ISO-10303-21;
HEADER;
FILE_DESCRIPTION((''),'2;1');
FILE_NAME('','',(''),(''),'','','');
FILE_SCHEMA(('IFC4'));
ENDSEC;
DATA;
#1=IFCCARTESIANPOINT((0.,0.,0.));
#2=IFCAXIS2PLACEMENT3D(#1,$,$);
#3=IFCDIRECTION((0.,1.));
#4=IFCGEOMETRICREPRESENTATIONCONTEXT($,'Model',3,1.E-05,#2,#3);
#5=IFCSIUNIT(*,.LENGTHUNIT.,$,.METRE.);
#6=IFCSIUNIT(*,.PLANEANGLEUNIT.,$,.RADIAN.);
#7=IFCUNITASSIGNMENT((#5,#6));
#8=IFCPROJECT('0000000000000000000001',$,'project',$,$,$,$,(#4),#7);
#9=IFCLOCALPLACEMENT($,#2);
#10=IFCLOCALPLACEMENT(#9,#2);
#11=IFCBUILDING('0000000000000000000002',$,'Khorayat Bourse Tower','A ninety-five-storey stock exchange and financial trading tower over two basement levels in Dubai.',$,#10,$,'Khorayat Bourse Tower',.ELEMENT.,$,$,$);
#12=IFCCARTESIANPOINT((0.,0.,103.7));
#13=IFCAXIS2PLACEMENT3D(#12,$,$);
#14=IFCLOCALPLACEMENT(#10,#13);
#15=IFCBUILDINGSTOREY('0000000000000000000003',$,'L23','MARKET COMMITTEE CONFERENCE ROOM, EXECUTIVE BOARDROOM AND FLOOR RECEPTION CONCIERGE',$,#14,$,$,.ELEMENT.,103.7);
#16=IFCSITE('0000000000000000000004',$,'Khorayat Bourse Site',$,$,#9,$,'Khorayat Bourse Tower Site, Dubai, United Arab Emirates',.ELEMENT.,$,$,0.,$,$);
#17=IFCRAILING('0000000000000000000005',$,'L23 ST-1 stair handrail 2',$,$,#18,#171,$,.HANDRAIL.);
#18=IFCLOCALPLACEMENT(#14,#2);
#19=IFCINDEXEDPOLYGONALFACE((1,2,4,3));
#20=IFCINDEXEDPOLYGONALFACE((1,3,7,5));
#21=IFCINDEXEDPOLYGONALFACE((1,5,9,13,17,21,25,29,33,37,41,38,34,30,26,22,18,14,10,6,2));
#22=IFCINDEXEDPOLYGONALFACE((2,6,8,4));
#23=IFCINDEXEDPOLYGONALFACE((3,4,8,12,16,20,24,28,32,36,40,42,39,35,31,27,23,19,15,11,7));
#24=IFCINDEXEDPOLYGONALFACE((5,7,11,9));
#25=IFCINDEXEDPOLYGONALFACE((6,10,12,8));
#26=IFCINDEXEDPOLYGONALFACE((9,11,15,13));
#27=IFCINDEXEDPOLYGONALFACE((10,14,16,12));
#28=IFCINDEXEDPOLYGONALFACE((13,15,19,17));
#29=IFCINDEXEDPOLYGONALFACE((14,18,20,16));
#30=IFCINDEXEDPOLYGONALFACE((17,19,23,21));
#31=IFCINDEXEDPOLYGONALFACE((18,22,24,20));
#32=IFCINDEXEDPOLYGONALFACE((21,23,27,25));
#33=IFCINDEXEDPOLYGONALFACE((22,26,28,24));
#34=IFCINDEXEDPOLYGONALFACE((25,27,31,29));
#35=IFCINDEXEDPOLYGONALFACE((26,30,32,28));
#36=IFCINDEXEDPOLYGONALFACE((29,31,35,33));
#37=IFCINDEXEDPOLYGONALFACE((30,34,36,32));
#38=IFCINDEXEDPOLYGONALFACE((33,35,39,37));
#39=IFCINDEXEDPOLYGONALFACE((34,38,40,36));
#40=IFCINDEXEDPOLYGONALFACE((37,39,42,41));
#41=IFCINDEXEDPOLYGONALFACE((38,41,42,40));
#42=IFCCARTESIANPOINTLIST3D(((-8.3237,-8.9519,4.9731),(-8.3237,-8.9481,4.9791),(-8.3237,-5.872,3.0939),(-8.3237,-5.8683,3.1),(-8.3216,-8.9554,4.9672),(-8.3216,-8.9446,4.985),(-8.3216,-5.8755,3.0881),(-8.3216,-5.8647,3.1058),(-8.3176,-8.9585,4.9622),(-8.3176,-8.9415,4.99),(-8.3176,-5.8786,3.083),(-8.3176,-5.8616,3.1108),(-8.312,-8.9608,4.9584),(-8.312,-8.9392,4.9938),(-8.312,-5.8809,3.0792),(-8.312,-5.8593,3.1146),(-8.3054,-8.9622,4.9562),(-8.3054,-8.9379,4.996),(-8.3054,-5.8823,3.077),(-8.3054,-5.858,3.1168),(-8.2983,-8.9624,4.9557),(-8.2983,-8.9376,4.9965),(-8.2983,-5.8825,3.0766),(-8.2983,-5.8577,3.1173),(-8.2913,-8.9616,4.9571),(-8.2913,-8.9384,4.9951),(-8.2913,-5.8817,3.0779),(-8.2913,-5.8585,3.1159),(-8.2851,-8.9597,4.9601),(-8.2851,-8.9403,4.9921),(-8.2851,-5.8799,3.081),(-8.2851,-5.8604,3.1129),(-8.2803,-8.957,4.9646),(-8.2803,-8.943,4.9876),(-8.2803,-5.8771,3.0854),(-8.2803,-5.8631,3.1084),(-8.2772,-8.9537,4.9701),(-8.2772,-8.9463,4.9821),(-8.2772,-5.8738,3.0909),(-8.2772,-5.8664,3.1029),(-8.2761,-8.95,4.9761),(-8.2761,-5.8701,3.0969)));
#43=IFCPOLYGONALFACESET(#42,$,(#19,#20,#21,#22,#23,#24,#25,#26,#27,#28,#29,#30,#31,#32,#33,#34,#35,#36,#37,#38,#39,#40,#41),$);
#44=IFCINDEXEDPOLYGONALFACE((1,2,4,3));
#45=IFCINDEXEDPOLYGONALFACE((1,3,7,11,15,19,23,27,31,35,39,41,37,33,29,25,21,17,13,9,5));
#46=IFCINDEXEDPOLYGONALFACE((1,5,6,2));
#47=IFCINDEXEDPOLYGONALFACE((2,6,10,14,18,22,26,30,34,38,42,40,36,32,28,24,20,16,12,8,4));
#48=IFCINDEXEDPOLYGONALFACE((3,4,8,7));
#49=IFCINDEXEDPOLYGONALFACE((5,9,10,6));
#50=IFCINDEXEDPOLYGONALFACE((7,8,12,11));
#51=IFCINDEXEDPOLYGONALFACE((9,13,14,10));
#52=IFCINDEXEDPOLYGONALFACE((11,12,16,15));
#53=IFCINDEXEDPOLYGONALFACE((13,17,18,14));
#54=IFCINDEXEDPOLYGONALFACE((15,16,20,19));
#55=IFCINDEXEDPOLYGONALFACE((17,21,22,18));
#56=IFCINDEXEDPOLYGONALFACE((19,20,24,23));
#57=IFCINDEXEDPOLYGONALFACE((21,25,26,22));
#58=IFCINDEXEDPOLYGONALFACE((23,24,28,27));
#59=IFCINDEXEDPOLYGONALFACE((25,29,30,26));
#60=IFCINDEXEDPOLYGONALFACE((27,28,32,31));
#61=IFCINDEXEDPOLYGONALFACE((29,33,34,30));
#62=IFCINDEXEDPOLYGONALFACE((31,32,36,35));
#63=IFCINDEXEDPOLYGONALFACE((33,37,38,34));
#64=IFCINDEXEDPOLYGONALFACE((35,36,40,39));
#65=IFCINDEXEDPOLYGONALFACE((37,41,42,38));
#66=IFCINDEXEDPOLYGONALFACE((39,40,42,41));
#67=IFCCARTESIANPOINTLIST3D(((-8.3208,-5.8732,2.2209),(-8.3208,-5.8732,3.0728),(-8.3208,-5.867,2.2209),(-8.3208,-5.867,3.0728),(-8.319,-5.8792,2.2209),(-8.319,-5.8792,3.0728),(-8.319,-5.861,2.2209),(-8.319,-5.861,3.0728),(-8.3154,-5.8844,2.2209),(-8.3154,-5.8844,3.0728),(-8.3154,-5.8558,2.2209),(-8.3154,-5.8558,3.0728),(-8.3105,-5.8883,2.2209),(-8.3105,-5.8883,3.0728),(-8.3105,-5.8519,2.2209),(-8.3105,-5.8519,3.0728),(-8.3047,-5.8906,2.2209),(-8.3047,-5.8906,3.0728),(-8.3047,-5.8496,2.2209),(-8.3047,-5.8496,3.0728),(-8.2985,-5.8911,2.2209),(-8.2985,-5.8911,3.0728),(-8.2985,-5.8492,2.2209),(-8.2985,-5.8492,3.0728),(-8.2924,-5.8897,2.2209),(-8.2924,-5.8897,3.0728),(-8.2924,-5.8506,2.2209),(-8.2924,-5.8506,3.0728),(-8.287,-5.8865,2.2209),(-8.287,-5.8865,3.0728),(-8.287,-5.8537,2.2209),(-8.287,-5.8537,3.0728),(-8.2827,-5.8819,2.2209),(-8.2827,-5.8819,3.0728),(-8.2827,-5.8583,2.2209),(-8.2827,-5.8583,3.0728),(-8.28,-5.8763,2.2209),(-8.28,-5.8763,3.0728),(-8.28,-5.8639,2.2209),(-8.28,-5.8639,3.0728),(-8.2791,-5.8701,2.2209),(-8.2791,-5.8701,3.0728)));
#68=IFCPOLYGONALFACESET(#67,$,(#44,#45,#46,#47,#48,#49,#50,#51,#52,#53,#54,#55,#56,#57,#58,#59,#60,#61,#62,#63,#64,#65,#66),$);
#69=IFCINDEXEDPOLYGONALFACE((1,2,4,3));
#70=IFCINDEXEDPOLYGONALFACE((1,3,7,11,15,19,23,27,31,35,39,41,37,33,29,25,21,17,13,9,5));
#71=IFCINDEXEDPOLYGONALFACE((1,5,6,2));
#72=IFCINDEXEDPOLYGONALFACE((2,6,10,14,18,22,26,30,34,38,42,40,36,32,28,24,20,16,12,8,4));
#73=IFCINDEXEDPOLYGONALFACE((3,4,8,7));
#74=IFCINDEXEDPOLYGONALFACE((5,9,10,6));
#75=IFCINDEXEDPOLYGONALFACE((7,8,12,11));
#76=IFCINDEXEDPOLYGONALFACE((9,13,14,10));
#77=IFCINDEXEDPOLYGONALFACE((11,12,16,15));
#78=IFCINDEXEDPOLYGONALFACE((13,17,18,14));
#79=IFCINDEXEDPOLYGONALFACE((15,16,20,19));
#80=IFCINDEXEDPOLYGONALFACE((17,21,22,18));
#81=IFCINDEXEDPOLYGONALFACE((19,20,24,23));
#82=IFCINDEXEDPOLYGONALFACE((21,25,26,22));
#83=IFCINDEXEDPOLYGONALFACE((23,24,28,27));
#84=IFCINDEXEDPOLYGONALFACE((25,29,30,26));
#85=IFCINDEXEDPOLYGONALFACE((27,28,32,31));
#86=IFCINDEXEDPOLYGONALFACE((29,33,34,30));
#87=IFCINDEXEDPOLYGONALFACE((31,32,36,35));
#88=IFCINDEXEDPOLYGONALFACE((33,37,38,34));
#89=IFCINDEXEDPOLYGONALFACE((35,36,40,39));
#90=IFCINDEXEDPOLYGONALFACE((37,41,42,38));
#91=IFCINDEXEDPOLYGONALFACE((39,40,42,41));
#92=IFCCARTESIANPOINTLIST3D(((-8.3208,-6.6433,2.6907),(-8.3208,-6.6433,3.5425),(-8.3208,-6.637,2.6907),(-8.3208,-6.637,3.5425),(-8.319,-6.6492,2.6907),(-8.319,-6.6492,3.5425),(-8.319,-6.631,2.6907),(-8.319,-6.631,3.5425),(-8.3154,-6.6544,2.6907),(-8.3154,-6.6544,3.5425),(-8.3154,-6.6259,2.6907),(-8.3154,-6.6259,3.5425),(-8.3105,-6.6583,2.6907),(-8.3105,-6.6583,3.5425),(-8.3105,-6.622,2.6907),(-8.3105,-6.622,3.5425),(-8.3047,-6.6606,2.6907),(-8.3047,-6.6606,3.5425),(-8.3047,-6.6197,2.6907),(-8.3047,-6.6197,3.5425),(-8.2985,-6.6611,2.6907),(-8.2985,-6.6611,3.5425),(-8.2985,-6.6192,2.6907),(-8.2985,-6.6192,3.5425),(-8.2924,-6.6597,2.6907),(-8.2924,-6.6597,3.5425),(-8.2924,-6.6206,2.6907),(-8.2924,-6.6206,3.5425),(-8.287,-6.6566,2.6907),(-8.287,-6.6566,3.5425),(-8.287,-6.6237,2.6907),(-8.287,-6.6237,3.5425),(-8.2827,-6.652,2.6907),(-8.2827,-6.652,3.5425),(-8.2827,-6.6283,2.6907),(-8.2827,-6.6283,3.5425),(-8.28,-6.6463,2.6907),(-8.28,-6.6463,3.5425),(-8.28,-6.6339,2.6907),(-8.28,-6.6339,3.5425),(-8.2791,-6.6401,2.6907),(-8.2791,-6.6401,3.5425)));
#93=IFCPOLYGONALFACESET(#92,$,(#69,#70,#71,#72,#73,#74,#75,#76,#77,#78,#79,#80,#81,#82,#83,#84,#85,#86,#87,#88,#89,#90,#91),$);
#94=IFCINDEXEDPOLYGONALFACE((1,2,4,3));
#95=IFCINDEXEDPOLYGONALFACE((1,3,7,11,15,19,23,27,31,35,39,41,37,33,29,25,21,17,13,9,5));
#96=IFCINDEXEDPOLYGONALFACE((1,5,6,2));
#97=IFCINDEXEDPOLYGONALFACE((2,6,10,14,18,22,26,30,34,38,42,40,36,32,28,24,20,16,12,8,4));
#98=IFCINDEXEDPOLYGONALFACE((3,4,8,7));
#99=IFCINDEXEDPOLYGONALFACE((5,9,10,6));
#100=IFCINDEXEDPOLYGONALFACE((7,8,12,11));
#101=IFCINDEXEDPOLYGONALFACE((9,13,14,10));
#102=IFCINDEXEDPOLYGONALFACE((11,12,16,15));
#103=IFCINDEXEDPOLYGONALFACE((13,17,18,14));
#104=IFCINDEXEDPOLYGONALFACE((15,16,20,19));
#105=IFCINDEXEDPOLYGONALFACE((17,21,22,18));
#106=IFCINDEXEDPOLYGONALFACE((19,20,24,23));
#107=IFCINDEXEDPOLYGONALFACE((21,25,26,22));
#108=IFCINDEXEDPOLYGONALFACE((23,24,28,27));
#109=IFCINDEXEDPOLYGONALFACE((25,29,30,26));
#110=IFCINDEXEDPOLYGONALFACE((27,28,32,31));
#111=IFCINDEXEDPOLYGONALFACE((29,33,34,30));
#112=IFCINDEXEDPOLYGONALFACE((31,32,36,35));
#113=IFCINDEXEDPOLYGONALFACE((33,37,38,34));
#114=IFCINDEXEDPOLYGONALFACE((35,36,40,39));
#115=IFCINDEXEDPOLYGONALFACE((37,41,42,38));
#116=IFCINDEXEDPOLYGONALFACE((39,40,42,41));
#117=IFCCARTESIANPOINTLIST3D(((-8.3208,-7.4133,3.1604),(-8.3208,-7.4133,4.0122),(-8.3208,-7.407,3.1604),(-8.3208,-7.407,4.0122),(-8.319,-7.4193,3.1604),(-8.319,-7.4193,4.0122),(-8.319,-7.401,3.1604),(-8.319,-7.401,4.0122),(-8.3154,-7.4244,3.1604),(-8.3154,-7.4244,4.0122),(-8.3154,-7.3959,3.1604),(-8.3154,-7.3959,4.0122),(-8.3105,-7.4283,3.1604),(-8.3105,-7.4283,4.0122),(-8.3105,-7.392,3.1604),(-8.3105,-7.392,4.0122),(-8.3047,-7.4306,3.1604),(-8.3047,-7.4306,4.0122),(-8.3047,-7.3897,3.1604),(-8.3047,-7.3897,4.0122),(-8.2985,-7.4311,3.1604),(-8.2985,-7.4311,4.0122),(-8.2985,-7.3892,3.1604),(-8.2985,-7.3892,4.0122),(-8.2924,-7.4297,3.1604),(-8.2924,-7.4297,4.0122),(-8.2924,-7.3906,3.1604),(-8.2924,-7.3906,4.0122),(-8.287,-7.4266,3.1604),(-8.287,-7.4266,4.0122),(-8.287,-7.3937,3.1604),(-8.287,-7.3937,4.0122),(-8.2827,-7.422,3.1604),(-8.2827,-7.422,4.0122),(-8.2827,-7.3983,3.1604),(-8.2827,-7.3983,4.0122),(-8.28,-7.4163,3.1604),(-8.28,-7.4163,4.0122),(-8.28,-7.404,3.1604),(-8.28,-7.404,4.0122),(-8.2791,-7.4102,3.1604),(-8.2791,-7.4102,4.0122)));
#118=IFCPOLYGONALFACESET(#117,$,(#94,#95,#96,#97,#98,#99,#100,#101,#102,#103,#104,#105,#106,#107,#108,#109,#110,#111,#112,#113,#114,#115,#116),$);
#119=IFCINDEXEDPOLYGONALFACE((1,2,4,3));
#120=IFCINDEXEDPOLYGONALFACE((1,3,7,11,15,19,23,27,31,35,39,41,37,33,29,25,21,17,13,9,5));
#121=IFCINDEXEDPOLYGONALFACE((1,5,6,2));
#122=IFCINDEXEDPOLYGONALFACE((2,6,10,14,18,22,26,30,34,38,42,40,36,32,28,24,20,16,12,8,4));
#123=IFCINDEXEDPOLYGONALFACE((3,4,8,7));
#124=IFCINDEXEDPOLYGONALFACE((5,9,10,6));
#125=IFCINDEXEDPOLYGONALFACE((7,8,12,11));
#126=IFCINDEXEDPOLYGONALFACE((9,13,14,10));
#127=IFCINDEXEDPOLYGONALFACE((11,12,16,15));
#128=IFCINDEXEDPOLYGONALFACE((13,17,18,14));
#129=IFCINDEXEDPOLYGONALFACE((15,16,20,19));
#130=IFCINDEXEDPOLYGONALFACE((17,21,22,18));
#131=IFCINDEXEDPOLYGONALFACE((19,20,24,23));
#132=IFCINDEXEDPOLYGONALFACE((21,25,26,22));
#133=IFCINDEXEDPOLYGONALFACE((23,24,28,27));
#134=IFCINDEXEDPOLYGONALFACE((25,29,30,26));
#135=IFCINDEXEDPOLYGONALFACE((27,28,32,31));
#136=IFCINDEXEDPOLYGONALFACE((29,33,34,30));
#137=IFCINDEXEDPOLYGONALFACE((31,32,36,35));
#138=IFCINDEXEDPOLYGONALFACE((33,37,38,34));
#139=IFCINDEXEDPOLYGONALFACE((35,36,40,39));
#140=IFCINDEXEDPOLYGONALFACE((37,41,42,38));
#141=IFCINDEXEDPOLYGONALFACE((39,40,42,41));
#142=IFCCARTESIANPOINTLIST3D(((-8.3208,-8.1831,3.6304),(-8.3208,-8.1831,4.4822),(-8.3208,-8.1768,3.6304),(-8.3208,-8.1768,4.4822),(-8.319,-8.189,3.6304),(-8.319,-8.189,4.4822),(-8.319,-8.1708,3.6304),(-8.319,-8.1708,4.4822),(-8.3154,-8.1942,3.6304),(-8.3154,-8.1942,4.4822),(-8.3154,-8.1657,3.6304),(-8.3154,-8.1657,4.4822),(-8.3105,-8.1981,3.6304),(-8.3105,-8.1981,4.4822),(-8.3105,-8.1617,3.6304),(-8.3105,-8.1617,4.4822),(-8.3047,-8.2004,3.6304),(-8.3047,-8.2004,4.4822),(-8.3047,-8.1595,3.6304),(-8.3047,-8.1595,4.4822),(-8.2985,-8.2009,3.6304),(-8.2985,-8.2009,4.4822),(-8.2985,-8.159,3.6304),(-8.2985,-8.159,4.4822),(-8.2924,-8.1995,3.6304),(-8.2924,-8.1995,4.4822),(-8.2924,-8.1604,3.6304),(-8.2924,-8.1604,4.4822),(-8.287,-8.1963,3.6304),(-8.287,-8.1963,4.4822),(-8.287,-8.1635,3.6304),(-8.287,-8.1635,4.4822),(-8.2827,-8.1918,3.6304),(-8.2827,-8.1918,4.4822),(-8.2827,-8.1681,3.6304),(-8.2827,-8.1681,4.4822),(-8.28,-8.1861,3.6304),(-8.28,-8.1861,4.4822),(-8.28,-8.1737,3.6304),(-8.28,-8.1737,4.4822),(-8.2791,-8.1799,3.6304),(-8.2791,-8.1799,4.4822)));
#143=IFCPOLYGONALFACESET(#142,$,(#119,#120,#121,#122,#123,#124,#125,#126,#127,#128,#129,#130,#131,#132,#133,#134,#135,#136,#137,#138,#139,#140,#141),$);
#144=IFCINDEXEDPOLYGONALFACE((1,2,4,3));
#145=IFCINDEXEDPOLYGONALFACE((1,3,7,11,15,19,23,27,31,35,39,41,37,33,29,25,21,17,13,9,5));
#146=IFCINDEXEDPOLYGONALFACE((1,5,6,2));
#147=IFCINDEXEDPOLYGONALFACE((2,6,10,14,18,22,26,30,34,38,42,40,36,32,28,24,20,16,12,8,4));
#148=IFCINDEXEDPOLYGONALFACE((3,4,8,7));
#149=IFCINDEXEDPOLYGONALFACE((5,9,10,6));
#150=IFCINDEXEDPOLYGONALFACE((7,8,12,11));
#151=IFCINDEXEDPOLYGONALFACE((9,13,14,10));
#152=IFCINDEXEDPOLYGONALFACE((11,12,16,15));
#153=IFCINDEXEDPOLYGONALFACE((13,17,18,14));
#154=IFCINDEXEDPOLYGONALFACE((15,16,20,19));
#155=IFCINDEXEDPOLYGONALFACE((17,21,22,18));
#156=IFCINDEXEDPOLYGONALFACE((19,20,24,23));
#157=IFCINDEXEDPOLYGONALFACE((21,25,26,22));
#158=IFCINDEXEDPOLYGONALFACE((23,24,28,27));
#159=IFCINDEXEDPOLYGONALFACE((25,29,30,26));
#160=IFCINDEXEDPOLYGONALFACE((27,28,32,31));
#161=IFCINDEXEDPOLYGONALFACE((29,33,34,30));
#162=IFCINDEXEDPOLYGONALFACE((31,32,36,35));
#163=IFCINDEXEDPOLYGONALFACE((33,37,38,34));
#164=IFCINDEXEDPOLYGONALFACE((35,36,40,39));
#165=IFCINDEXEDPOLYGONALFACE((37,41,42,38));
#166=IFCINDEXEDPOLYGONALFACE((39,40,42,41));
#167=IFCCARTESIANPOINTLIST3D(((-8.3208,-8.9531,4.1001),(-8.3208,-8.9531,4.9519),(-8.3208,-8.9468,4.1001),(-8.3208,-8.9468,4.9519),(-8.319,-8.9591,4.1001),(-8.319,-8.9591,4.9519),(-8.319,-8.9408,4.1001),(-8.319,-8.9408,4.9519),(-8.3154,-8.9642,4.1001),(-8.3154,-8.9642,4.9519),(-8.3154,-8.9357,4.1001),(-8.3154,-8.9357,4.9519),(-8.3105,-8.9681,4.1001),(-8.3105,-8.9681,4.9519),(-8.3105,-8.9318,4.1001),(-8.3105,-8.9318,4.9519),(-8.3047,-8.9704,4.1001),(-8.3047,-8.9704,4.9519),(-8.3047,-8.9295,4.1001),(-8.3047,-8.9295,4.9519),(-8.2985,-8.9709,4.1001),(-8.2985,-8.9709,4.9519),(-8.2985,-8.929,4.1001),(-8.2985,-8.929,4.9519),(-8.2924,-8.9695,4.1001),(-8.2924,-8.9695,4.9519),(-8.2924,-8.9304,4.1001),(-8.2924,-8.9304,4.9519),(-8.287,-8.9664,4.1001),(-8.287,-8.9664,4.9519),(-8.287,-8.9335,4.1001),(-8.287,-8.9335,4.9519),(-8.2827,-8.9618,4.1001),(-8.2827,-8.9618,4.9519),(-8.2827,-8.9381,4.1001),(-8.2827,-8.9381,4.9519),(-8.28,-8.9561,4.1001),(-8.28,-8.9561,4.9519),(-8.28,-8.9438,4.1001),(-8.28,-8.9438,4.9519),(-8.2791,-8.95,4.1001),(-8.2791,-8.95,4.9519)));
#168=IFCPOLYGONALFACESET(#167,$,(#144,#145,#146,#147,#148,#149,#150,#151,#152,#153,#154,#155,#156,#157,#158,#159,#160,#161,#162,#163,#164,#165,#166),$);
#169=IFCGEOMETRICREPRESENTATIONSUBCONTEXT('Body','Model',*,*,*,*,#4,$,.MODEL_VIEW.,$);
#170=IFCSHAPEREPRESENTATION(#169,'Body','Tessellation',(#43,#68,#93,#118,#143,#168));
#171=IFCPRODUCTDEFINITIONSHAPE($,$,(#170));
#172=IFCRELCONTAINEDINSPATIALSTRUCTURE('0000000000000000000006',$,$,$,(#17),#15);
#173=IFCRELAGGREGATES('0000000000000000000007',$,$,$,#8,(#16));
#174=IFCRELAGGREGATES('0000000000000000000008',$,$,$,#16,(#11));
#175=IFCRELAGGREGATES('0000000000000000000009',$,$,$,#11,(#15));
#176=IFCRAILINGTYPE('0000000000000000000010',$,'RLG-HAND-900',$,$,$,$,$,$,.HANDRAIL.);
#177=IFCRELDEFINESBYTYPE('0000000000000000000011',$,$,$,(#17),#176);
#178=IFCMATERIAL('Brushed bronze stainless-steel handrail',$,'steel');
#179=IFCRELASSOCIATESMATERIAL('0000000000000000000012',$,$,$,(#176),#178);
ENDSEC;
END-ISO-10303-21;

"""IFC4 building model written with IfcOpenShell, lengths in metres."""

from ifc_helpers import new_model, si_unit, direction, frame, origin, origin_2d, place, context, subcontext, project, spatial, circle, extrude, source, transform, mapped, material, type_object, element, save


model = new_model("IFC4")

# Units and contexts
model_context = context("Model", 3, precision=1e-05, world=origin(), true_north=direction((0.0, 1.0)))
body_context = subcontext(model_context, "Body", "Model", "MODEL_VIEW")
ifc_project = project(units=[si_unit("LENGTHUNIT", "METRE"), si_unit("PLANEANGLEUNIT", "RADIAN")], contexts=[model_context])

# Site, building, storey
site_placement = place(None, origin())
site = spatial("IfcSite", under=ifc_project, at=site_placement, Name="Khorayat Bourse Site", LongName="Khorayat Bourse Tower Site, Dubai, United Arab Emirates", CompositionType="ELEMENT", RefElevation=0.0)
building_placement = place(site_placement, origin())
building = spatial("IfcBuilding", under=site, at=building_placement, Name="Khorayat Bourse Tower", Description="A ninety-five-storey stock exchange and financial trading tower over two basement levels in Dubai.", LongName="Khorayat Bourse Tower", CompositionType="ELEMENT")
storey_placement = place(building_placement, frame((0.0, 0.0, 103.7)))
storey = spatial("IfcBuildingStorey", under=building, at=storey_placement, Name="L23", Description="MARKET COMMITTEE CONFERENCE ROOM, EXECUTIVE BOARDROOM AND FLOOR RECEPTION CONCIERGE", CompositionType="ELEMENT", Elevation=103.7)

# Railing
ifc_material_1 = material(Name="Brushed bronze stainless-steel handrail", Category="steel")
railing_type_1 = type_object("IfcRailingType", Name="RLG-HAND-900", PredefinedType="HANDRAIL", material=ifc_material_1)
shared_shape_1 = source(origin(), body_context, "Body", "SweptSolid", [
    extrude(circle(Radius=0.0239, at=origin_2d()), frame((0.0, 0.0, 0.876), z_axis=(0.0, -0.853648, 0.52085), x_axis=(1.0, 0.0, 0.0)), (0.0, 0.0, 1.0), 3.6079),
    extrude(circle(Radius=0.021, at=origin_2d()), origin(), (0.0, 0.0, 1.0), 0.8518),
    extrude(circle(Radius=0.021, at=origin_2d()), frame((0.0, -0.77, 0.4697)), (0.0, 0.0, 1.0), 0.8518),
    extrude(circle(Radius=0.021, at=origin_2d()), frame((0.0, -1.54, 0.9395)), (0.0, 0.0, 1.0), 0.8518),
    extrude(circle(Radius=0.021, at=origin_2d()), frame((0.0, -2.3098, 1.4094)), (0.0, 0.0, 1.0), 0.8518),
    extrude(circle(Radius=0.021, at=origin_2d()), frame((0.0, -3.0798, 1.8792)), (0.0, 0.0, 1.0), 0.8518),
])
railing_1_placement = place(storey_placement, frame((-8.3, -5.8701, 2.2209)))
element("IfcRailing", 1, at=railing_1_placement, inside=storey, type_object=railing_type_1, Name="L23 ST-1 stair handrail 2", PredefinedType="HANDRAIL", context=body_context, shape_type="MappedRepresentation", body=[
    mapped(shared_shape_1, transform((0.0, 0.0, 0.0), scale=1.0)),
])

save(model, "model.ifc")
